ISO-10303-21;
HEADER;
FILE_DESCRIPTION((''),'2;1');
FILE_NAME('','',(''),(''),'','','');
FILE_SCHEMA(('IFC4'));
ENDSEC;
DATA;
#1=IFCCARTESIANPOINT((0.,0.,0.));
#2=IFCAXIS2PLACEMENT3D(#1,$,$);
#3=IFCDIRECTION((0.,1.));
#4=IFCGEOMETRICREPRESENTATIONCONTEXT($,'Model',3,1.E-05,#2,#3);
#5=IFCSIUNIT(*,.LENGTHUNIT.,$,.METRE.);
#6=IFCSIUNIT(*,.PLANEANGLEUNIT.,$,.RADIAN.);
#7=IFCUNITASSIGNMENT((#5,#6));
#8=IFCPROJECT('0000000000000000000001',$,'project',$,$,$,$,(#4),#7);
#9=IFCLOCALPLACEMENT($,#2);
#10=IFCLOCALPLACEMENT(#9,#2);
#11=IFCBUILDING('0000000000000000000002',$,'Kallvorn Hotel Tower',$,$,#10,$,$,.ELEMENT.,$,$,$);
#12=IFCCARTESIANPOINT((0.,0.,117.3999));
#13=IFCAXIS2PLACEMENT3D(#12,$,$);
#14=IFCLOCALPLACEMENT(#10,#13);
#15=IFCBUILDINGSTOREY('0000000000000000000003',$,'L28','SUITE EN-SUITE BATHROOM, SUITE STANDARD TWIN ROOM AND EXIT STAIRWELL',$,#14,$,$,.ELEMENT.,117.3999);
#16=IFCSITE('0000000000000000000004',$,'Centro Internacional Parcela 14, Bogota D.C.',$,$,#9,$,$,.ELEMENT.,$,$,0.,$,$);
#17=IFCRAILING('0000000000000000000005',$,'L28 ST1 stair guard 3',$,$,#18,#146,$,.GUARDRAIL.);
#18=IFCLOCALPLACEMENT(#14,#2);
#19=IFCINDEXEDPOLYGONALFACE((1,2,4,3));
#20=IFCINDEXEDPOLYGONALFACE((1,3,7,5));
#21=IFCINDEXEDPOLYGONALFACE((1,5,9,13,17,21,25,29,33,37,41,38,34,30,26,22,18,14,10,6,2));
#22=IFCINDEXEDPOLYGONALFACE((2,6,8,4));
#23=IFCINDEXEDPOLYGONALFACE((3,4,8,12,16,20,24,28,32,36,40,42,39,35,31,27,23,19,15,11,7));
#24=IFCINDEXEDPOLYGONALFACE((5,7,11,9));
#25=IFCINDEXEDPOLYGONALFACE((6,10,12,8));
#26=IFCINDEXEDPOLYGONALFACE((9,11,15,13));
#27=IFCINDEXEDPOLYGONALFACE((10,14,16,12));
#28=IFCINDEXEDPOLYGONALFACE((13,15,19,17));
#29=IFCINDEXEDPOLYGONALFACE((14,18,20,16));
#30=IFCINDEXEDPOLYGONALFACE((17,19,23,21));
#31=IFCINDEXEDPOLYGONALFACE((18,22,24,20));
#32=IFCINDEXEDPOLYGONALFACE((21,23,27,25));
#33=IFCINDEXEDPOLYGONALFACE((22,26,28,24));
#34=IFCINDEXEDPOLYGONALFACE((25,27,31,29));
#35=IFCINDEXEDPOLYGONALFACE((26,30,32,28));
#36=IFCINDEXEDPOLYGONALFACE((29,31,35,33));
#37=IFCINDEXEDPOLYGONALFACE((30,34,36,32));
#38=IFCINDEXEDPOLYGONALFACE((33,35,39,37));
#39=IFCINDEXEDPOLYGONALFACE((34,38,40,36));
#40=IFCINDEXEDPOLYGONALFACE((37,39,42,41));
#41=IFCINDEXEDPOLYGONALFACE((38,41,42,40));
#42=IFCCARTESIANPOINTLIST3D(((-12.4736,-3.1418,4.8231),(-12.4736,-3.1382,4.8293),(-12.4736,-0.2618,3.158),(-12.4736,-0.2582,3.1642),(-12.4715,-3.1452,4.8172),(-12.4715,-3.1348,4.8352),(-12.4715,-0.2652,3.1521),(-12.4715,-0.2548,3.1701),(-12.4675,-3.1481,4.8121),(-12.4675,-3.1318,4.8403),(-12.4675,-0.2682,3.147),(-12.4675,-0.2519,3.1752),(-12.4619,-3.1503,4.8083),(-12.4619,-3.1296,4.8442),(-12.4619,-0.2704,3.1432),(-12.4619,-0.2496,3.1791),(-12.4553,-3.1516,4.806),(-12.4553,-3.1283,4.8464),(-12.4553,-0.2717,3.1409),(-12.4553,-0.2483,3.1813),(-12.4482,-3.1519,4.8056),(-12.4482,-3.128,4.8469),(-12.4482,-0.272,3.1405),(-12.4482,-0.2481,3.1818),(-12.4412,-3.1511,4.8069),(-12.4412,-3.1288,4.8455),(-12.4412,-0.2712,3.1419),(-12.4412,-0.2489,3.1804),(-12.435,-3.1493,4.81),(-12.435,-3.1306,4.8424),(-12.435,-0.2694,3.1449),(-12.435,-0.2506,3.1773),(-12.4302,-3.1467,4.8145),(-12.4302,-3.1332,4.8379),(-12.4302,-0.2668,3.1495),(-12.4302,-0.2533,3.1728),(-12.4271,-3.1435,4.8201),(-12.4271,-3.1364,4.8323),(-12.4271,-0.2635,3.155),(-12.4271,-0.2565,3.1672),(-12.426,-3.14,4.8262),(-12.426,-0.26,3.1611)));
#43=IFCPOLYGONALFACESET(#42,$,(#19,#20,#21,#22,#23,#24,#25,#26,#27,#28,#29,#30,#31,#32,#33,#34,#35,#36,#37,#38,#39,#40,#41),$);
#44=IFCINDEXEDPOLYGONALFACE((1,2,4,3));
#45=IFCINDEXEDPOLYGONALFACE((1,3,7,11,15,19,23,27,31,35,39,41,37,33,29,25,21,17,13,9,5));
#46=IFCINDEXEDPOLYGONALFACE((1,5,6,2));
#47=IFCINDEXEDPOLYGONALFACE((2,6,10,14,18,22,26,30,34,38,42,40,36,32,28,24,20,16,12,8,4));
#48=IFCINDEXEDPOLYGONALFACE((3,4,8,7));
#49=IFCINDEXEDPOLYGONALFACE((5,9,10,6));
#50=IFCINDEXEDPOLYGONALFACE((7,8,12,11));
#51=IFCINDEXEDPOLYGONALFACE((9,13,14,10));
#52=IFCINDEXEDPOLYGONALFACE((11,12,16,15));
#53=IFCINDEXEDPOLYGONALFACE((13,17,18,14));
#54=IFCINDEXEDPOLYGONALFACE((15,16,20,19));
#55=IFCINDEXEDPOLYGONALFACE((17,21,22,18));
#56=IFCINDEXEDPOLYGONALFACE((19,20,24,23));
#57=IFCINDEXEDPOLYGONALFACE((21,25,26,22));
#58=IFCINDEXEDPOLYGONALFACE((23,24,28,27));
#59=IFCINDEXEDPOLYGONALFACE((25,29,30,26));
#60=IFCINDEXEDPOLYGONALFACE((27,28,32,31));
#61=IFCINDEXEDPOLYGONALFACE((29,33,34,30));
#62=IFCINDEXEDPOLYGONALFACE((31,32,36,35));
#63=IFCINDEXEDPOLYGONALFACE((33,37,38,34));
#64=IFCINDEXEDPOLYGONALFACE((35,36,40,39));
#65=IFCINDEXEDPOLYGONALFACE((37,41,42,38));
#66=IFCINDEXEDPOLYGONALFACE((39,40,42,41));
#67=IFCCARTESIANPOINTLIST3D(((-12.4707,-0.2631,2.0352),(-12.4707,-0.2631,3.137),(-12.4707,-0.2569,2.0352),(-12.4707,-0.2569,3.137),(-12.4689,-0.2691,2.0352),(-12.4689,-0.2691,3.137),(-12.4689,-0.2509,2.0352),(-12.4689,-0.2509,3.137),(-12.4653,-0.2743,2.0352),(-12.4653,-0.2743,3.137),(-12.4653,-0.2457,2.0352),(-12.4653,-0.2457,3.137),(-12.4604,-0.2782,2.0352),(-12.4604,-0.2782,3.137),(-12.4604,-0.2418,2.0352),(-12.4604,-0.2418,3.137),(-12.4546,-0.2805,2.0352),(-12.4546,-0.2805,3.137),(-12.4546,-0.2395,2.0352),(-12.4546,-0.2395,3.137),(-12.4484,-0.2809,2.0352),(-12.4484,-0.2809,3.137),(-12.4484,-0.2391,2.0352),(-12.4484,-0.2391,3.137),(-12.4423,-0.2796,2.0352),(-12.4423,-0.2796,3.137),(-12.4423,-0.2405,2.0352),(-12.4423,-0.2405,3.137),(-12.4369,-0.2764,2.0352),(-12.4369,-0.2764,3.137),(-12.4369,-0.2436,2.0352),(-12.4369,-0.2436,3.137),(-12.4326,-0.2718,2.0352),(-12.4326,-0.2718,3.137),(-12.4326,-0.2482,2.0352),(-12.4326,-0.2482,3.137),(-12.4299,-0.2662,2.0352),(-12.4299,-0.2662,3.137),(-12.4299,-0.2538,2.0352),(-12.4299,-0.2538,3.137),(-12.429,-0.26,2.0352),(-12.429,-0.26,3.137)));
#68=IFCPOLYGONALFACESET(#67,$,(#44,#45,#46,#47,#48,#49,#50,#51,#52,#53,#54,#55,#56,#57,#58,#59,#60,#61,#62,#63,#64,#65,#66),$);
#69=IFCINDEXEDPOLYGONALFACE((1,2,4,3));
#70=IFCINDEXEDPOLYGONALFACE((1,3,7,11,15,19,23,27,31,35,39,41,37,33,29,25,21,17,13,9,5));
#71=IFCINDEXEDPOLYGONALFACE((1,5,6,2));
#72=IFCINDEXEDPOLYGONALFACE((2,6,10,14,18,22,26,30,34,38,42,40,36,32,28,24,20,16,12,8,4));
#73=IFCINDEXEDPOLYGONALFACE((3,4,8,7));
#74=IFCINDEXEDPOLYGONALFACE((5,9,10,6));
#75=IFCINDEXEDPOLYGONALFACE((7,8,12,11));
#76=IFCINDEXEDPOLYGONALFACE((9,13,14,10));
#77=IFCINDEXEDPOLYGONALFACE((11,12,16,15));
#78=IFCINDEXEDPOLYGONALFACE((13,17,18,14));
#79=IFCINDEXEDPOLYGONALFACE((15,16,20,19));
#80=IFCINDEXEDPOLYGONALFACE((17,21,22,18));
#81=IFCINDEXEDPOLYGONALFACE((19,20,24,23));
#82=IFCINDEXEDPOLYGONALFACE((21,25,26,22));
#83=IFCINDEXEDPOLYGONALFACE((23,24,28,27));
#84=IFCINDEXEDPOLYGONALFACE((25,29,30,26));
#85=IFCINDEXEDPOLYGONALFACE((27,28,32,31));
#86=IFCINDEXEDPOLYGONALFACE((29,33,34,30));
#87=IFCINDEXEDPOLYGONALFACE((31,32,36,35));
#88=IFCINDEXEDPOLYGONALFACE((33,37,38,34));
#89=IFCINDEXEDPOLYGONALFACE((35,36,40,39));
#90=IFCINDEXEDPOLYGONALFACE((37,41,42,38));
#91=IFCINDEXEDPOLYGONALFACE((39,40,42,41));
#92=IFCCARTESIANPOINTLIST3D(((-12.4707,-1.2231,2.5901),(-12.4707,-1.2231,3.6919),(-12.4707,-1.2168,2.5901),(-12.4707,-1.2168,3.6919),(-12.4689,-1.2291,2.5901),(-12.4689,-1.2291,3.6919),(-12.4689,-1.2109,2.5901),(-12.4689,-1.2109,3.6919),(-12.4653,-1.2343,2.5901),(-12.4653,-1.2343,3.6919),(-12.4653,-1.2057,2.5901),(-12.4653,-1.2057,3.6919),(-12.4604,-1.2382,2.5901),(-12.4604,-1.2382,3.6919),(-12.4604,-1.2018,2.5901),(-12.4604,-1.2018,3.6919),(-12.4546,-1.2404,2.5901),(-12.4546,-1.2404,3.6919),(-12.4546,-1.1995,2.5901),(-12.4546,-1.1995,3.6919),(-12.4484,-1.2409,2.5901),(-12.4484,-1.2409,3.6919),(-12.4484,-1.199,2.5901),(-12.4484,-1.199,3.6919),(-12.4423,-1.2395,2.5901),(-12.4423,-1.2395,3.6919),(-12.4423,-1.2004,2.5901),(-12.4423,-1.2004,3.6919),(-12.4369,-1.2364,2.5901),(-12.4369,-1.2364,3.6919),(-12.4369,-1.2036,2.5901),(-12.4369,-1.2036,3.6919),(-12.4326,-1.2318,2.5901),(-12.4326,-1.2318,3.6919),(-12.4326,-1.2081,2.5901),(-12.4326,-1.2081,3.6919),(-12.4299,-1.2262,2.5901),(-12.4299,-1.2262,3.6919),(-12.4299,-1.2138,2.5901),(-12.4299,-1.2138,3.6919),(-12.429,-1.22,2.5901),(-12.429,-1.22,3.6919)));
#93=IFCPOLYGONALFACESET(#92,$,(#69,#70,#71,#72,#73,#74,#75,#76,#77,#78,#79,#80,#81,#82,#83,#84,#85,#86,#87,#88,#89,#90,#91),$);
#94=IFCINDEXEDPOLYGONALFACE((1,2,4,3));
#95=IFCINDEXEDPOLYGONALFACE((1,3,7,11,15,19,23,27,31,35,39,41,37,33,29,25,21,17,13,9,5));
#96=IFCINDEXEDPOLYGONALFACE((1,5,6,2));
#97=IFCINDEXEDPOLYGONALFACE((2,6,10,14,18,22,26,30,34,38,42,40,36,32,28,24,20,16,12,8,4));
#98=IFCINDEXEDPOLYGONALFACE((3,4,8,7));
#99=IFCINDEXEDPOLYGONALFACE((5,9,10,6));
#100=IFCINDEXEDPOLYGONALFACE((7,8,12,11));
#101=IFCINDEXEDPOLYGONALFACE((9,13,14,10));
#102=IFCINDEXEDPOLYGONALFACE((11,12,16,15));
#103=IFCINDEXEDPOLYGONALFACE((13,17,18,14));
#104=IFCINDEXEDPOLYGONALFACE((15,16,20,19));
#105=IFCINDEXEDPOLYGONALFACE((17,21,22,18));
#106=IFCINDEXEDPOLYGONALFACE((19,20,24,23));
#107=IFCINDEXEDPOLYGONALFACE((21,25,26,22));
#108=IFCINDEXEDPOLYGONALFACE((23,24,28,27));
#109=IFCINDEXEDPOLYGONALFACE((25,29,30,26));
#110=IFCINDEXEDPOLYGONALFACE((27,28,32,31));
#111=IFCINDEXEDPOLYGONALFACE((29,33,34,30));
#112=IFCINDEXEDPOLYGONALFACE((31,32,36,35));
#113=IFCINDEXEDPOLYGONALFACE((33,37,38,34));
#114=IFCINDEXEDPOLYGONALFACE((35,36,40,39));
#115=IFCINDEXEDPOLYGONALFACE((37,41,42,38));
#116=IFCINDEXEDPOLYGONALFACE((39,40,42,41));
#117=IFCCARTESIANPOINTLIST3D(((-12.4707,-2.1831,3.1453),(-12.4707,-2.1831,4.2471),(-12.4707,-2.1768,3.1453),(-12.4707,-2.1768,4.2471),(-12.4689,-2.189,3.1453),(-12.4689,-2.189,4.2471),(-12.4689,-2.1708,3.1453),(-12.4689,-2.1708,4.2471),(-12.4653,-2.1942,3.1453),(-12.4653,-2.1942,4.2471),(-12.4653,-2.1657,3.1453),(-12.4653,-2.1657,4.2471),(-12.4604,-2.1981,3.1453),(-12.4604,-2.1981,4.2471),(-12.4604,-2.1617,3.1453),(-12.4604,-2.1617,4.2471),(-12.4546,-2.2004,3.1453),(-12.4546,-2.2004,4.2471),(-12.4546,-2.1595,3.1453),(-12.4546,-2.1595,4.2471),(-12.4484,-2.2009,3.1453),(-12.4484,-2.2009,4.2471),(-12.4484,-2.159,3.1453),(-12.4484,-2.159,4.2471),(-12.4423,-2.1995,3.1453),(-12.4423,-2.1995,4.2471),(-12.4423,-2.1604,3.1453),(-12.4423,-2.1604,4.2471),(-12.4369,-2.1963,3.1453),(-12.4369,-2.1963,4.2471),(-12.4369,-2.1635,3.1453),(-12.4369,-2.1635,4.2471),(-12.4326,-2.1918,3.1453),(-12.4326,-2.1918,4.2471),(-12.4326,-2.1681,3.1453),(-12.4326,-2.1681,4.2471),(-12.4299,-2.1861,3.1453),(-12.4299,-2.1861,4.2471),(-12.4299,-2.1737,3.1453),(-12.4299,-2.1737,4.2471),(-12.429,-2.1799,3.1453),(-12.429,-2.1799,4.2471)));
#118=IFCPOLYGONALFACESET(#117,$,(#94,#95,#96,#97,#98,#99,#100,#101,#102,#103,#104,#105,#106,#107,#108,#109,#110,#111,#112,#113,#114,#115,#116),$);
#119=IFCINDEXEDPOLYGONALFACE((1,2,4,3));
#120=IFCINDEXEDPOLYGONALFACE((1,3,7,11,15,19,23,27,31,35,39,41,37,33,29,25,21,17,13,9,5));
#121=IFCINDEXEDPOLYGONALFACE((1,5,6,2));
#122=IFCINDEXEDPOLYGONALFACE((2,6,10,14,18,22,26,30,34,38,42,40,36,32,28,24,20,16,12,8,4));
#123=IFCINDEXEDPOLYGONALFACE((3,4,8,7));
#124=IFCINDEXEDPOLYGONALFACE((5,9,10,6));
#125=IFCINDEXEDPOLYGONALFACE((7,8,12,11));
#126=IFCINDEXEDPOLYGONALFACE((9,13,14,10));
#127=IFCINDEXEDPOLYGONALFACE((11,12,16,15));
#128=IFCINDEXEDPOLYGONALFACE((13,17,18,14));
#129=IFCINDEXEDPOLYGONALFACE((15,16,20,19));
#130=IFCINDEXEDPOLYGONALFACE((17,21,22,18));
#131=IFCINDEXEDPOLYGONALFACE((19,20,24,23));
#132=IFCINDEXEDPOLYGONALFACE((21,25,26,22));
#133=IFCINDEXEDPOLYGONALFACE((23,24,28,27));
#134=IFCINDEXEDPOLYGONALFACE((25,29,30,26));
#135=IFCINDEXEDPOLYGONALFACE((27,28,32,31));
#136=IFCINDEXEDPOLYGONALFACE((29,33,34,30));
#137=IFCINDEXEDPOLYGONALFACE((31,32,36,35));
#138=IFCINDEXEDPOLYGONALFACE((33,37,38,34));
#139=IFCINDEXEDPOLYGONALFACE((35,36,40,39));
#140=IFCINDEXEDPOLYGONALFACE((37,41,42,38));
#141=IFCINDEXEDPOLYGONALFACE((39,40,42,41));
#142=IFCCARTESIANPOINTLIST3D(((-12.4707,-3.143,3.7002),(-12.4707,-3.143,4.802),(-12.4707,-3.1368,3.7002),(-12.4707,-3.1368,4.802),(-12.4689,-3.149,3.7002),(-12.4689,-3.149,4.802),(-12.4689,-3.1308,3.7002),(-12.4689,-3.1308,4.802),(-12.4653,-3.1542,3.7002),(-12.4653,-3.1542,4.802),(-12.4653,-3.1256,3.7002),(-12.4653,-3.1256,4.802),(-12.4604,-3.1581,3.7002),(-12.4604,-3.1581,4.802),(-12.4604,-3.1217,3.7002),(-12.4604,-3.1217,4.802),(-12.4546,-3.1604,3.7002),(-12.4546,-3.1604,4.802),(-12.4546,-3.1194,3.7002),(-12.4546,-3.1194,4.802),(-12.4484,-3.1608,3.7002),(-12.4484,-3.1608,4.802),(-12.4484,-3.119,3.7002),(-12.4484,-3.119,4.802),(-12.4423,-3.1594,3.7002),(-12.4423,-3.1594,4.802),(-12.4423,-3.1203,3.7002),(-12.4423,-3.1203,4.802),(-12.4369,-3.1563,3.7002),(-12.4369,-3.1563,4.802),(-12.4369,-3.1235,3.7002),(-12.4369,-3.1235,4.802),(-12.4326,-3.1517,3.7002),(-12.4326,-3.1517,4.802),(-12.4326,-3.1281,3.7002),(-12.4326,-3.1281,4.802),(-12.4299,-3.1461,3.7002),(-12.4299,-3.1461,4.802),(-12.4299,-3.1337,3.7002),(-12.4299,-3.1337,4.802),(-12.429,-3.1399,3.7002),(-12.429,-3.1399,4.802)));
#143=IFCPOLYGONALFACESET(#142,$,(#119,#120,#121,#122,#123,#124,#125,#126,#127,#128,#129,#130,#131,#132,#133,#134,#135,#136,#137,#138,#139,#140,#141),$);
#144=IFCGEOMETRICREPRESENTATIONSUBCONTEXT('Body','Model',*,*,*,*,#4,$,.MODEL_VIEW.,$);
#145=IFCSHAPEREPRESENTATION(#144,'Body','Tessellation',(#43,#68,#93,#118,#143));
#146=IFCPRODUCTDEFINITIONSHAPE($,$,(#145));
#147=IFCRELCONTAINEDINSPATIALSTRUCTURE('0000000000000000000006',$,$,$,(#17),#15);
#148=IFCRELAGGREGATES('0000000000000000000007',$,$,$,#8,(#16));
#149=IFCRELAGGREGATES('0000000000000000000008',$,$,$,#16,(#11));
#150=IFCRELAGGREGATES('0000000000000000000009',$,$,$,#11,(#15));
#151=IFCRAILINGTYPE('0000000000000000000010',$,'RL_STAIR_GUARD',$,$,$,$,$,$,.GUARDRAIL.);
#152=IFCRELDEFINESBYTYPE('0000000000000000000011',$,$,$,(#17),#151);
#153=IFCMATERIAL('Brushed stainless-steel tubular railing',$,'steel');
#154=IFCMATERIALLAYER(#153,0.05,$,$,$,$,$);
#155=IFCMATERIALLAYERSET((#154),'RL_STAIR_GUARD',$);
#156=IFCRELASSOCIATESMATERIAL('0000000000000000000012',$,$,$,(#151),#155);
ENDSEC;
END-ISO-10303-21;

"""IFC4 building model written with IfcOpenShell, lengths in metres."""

from ifc_helpers import new_model, si_unit, direction, frame, origin, origin_2d, place, context, subcontext, project, spatial, circle, extrude, material, layer, layer_set, type_object, element, save


model = new_model("IFC4")

# Units and contexts
model_context = context("Model", 3, precision=1e-05, world=origin(), true_north=direction((0.0, 1.0)))
body_context = subcontext(model_context, "Body", "Model", "MODEL_VIEW")
ifc_project = project(units=[si_unit("LENGTHUNIT", "METRE"), si_unit("PLANEANGLEUNIT", "RADIAN")], contexts=[model_context])

# Site, building, storey
site_placement = place(None, origin())
site = spatial("IfcSite", under=ifc_project, at=site_placement, Name="Centro Internacional Parcela 14, Bogota D.C.", CompositionType="ELEMENT", RefElevation=0.0)
building_placement = place(site_placement, origin())
building = spatial("IfcBuilding", under=site, at=building_placement, Name="Kallvorn Hotel Tower", CompositionType="ELEMENT")
storey_placement = place(building_placement, frame((0.0, 0.0, 117.3999)))
storey = spatial("IfcBuildingStorey", under=building, at=storey_placement, Name="L28", Description="SUITE EN-SUITE BATHROOM, SUITE STANDARD TWIN ROOM AND EXIT STAIRWELL", CompositionType="ELEMENT", Elevation=117.3999)

# Railing
ifc_material_1 = material(Name="Brushed stainless-steel tubular railing", Category="steel")
ifc_layer_1 = layer(ifc_material_1, 0.05)
ifc_layer_set_1 = layer_set([ifc_layer_1], Name="RL_STAIR_GUARD")
railing_type_1 = type_object("IfcRailingType", Name="RL_STAIR_GUARD", PredefinedType="GUARDRAIL", material=ifc_layer_set_1)
railing_1_placement = place(storey_placement, frame((-12.45, -0.26, 2.0352)))
element("IfcRailing", 1, at=railing_1_placement, inside=storey, type_object=railing_type_1, Name="L28 ST1 stair guard 3", PredefinedType="GUARDRAIL", context=body_context, shape_type="SweptSolid", body=[
    extrude(circle(Radius=0.0239, at=origin_2d()), frame((0.0, 0.0, 1.126), z_axis=(0.0, -0.865721, 0.500527), x_axis=(1.0, 0.0, 0.0)), (0.0, 0.0, 1.0), 3.3267),
    extrude(circle(Radius=0.021, at=origin_2d()), origin(), (0.0, 0.0, 1.0), 1.1018),
    extrude(circle(Radius=0.021, at=origin_2d()), frame((0.0, -0.96, 0.5549)), (0.0, 0.0, 1.0), 1.1018),
    extrude(circle(Radius=0.021, at=origin_2d()), frame((0.0, -1.9199, 1.1101)), (0.0, 0.0, 1.0), 1.1018),
    extrude(circle(Radius=0.021, at=origin_2d()), frame((0.0, -2.8799, 1.665)), (0.0, 0.0, 1.0), 1.1018),
])

save(model, "model.ifc")
